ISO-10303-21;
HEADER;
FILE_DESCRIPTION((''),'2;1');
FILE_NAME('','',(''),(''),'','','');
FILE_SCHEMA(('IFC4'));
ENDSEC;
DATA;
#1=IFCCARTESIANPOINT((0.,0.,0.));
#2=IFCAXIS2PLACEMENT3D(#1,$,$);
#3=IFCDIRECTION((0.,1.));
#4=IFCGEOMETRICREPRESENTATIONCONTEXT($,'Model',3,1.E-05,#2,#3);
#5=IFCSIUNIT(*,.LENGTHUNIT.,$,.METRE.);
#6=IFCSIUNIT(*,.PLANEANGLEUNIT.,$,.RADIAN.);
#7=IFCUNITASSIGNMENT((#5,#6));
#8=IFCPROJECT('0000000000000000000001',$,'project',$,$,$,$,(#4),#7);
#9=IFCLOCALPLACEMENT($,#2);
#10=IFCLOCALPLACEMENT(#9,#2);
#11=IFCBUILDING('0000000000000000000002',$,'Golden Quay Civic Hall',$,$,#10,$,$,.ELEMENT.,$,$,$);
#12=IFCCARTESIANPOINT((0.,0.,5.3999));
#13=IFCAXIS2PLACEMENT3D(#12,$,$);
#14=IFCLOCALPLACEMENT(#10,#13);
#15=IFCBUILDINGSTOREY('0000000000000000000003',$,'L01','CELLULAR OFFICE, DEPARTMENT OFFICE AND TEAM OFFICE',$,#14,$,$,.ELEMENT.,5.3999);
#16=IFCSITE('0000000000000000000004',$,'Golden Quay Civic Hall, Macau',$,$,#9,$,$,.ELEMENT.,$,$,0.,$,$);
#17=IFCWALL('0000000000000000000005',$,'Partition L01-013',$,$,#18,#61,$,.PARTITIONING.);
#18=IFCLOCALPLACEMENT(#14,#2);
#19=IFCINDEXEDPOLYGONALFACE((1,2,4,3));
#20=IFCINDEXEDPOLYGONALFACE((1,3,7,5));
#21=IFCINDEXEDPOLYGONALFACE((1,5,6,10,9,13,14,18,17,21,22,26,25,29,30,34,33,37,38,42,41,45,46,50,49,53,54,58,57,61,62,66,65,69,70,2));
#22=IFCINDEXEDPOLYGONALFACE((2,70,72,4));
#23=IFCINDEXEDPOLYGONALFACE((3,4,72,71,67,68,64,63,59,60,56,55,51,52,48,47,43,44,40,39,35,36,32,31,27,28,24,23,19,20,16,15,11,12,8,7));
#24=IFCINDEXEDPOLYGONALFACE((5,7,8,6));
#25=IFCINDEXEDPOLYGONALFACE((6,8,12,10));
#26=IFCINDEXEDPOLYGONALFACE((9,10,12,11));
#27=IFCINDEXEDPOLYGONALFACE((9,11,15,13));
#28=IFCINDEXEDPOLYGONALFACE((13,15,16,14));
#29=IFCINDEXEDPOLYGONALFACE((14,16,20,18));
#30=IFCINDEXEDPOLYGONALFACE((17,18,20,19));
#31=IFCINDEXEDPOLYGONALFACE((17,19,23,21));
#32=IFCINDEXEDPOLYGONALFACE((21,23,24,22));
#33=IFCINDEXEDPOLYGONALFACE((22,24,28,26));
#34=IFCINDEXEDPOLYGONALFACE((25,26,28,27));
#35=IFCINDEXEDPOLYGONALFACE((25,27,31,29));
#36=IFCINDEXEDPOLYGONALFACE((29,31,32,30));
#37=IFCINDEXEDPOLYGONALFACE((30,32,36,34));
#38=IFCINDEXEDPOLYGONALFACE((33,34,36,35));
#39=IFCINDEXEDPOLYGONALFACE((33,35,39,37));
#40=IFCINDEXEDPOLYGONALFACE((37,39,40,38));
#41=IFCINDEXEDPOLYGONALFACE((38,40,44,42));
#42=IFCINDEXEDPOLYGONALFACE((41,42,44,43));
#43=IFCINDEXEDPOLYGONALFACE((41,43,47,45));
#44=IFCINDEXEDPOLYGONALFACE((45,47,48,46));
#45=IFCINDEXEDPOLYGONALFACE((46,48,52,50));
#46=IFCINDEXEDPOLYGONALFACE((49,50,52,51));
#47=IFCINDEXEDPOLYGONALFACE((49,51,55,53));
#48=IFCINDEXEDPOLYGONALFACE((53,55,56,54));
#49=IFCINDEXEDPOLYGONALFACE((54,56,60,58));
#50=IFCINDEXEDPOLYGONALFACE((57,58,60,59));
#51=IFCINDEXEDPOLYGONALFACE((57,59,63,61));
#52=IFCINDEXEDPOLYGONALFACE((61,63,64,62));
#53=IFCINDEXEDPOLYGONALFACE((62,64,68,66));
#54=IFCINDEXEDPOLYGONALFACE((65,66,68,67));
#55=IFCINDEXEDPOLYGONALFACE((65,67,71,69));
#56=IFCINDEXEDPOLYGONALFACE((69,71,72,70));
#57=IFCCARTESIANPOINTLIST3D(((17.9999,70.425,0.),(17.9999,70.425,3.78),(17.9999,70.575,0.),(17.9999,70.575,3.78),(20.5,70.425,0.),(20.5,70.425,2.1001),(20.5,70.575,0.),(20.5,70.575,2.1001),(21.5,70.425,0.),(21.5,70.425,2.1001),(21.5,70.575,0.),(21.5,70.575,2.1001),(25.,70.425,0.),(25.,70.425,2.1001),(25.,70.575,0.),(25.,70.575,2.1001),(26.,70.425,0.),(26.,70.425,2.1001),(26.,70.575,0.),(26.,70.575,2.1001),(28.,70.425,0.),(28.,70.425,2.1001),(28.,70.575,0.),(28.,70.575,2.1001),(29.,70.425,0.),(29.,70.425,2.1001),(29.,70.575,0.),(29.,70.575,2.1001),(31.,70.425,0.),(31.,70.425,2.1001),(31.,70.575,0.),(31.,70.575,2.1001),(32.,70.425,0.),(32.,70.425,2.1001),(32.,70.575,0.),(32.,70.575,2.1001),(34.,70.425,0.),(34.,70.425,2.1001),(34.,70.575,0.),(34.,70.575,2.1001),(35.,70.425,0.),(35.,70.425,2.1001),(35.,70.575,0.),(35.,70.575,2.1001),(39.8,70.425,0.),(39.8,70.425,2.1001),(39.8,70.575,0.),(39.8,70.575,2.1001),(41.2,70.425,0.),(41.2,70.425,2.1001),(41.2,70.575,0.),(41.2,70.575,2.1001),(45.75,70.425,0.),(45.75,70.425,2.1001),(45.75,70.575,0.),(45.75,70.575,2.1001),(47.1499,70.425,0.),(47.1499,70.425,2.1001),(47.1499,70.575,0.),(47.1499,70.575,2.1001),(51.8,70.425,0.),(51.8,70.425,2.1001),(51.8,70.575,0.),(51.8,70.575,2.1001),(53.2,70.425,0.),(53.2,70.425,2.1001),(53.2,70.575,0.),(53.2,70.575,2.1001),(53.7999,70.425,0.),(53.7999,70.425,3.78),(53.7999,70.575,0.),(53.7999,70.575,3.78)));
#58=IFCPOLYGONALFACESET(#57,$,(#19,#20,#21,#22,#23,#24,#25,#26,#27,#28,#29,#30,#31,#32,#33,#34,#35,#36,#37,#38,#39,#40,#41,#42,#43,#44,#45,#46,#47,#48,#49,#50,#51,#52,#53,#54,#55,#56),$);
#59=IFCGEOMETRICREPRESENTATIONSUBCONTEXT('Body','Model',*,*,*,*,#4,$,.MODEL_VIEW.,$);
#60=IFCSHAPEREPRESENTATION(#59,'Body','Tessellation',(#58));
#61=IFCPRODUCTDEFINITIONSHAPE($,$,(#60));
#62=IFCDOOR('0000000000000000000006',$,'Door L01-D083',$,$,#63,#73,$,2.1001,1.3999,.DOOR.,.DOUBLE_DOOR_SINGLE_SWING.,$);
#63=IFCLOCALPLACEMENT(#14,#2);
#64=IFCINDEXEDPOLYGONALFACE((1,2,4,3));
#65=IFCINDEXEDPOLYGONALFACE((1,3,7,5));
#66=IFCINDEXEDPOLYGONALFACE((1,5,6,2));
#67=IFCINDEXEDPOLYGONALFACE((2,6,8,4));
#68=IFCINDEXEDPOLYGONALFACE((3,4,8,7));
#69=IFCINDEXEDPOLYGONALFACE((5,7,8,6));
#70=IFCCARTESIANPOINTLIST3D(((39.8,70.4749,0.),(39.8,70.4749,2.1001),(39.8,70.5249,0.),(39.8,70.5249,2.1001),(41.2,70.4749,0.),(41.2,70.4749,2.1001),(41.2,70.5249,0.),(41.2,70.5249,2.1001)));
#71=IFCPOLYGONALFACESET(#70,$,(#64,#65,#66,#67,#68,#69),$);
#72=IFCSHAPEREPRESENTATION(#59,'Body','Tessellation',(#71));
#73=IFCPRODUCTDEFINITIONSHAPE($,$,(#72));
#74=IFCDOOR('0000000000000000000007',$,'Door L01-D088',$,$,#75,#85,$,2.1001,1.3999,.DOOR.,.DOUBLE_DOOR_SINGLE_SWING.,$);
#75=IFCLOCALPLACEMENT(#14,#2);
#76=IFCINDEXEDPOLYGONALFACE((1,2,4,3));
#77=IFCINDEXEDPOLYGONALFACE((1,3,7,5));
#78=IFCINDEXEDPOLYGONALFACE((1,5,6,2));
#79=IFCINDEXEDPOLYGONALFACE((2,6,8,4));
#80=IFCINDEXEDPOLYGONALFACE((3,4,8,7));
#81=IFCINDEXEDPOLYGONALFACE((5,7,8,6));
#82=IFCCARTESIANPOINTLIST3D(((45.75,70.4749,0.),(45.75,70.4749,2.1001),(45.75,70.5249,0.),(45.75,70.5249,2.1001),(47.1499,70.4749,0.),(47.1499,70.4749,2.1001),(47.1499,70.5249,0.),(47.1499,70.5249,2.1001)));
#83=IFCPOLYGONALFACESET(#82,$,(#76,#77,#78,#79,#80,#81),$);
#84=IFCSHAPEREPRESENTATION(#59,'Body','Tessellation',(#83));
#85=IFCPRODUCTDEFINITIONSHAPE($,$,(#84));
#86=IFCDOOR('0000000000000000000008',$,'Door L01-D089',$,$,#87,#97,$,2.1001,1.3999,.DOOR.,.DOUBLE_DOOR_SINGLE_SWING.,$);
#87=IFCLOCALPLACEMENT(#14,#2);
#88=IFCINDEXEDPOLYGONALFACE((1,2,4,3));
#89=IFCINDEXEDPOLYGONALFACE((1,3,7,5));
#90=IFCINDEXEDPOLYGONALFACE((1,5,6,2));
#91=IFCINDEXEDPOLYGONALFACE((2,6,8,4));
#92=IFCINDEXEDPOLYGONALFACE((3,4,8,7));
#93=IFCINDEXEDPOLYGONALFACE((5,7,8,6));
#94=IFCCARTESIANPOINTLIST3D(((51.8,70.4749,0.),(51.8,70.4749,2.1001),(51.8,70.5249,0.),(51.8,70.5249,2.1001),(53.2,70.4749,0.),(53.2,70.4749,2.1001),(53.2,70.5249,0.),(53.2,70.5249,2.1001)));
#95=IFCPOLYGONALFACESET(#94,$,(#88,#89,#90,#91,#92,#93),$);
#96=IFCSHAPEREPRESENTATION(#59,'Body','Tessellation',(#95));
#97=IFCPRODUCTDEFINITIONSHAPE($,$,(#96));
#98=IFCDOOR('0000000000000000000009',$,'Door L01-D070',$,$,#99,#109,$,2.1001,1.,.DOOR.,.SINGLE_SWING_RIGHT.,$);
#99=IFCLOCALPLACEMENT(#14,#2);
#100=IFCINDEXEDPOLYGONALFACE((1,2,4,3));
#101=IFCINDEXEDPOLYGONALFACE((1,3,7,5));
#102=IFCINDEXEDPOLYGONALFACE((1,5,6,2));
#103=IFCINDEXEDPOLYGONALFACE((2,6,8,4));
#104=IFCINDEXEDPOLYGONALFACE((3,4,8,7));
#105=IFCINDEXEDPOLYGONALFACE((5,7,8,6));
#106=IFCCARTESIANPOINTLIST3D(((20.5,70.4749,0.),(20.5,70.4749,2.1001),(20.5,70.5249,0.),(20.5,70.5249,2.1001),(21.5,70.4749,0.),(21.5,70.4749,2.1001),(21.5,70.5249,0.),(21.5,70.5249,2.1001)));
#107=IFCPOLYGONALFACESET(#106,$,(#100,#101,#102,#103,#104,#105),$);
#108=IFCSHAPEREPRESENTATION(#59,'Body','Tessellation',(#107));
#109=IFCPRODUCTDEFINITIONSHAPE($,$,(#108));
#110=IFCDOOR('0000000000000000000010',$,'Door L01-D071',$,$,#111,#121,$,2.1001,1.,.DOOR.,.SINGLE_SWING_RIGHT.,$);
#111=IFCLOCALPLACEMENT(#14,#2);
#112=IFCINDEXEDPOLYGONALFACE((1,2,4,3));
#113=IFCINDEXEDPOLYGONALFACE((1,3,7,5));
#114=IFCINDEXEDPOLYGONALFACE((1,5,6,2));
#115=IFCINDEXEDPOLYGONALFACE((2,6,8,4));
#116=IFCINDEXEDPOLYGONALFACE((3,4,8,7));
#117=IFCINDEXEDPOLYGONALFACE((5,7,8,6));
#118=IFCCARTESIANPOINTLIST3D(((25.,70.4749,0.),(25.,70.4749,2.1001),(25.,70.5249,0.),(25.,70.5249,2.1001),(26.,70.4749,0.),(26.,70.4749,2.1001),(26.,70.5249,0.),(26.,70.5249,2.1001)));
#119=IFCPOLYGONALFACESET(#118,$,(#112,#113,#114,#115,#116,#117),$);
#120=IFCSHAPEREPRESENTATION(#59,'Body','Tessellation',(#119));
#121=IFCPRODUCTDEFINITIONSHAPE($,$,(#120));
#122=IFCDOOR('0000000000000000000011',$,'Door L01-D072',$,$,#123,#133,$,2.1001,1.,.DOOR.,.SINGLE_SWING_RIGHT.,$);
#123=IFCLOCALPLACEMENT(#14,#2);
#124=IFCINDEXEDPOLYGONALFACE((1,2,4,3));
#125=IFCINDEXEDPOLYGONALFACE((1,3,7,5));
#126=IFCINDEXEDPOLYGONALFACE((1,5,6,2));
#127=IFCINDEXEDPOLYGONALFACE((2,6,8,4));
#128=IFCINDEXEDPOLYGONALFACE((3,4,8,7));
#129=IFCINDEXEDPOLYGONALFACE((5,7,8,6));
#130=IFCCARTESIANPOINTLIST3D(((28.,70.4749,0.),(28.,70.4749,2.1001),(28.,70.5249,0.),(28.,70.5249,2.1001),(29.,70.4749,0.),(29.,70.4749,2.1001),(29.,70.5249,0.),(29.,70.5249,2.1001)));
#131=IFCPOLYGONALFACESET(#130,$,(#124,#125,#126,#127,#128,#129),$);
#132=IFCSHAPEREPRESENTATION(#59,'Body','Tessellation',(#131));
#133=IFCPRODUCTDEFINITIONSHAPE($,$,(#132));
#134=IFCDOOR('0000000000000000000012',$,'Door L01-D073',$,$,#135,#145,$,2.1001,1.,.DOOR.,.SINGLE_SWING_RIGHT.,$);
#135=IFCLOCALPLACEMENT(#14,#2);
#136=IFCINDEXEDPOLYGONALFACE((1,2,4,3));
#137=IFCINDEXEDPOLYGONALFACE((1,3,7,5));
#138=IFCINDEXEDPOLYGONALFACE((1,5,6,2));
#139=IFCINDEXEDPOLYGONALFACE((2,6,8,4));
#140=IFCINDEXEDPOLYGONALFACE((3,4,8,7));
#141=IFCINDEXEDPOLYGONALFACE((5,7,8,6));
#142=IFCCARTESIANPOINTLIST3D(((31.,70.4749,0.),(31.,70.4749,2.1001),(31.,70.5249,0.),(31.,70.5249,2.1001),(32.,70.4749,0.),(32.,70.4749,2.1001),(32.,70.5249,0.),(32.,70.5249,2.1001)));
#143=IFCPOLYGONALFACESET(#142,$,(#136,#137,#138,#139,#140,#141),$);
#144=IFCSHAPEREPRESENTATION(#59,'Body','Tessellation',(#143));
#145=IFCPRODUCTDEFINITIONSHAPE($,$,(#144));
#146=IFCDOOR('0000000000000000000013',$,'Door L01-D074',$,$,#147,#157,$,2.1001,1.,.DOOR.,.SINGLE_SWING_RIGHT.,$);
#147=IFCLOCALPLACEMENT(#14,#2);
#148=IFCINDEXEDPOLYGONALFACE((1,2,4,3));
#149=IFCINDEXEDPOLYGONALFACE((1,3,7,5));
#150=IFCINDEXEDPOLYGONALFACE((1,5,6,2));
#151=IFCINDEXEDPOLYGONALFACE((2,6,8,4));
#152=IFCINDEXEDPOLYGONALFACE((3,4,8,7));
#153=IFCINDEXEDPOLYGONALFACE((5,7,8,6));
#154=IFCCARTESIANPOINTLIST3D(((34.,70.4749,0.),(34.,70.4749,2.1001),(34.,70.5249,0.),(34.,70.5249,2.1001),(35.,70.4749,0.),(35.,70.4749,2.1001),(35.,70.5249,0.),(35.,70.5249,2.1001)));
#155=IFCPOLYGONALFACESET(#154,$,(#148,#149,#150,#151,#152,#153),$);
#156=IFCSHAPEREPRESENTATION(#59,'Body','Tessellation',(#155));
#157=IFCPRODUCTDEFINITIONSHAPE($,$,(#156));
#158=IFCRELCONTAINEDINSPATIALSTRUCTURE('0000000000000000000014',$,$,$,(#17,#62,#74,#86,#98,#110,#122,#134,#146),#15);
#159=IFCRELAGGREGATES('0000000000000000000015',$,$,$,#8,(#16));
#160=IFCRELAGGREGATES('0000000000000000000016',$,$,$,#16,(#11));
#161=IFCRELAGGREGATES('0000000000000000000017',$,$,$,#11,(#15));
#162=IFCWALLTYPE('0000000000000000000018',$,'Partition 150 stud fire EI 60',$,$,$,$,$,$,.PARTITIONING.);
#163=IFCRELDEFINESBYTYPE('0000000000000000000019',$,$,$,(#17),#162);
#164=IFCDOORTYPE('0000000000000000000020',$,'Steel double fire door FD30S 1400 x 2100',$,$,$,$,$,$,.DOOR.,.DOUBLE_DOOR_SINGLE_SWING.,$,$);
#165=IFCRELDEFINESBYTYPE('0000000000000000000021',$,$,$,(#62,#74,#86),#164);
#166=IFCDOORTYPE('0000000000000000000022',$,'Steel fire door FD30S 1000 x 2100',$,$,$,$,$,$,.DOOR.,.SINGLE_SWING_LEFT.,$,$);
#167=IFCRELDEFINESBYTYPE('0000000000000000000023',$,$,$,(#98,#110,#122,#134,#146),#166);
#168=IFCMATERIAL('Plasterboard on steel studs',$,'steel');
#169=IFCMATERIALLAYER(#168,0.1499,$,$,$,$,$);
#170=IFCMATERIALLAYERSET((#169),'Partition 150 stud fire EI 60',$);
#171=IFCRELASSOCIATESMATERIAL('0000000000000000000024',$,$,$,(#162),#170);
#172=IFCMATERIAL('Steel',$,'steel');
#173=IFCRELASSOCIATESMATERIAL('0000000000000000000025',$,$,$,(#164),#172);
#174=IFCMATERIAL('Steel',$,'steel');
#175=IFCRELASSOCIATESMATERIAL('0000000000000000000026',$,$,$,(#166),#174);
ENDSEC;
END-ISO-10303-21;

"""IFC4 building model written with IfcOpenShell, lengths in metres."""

from ifc_helpers import new_model, si_unit, direction, frame, frame_2d, origin, place, context, subcontext, project, spatial, rectangle, extrude, material, layer, layer_set, type_object, element, fill, save


model = new_model("IFC4")

# Units and contexts
model_context = context("Model", 3, precision=1e-05, world=origin(), true_north=direction((0.0, 1.0)))
body_context = subcontext(model_context, "Body", "Model", "MODEL_VIEW")
ifc_project = project(units=[si_unit("LENGTHUNIT", "METRE"), si_unit("PLANEANGLEUNIT", "RADIAN")], contexts=[model_context])

# Site, building, storey
site_placement = place(None, origin())
site = spatial("IfcSite", under=ifc_project, at=site_placement, Name="Golden Quay Civic Hall, Macau", CompositionType="ELEMENT", RefElevation=0.0)
building_placement = place(site_placement, origin())
building = spatial("IfcBuilding", under=site, at=building_placement, Name="Golden Quay Civic Hall", CompositionType="ELEMENT")
storey_placement = place(building_placement, frame((0.0, 0.0, 5.3999)))
storey = spatial("IfcBuildingStorey", under=building, at=storey_placement, Name="L01", Description="CELLULAR OFFICE, DEPARTMENT OFFICE AND TEAM OFFICE", CompositionType="ELEMENT", Elevation=5.3999)

# Wall, openings, doors
ifc_material_1 = material(Name="Plasterboard on steel studs", Category="steel")
ifc_layer_1 = layer(ifc_material_1, 0.1499)
ifc_layer_set_1 = layer_set([ifc_layer_1], Name="Partition 150 stud fire EI 60")
wall_type_1 = type_object("IfcWallType", Name="Partition 150 stud fire EI 60", PredefinedType="PARTITIONING", material=ifc_layer_set_1)
wall_1_placement = place(storey_placement, frame((18.0, 70.5, 0.0), z_axis=(0.0, 0.0, 1.0), x_axis=(1.0, 0.0, 0.0)))
wall_1 = element("IfcWall", 1, at=wall_1_placement, inside=storey, type_object=wall_type_1, Name="Partition L01-013", PredefinedType="PARTITIONING", context=body_context, shape_type="SweptSolid", body=[
    extrude(rectangle(XDim=35.8, YDim=0.1499, at=frame_2d((17.8999, 0.0))), origin(), (0.0, 0.0, 1.0), 3.78),
])
opening_1_placement = place(wall_1_placement, frame((2.5, 0.0, 0.0)))
opening_1 = element("IfcOpeningElement", 2, at=opening_1_placement, cuts=wall_1, PredefinedType="OPENING", context=body_context, shape_type="SweptSolid", body=[
    extrude(rectangle(XDim=1.0, YDim=2.1001, at=frame_2d((0.5, 1.05))), frame((0.0, 0.085, 0.0), z_axis=(0.0, -1.0, 0.0), x_axis=(1.0, 0.0, 0.0)), (0.0, 0.0, 1.0), 0.1699),
])
opening_2_placement = place(wall_1_placement, frame((7.0, 0.0, 0.0)))
opening_2 = element("IfcOpeningElement", 3, at=opening_2_placement, cuts=wall_1, PredefinedType="OPENING", context=body_context, shape_type="SweptSolid", body=[
    extrude(rectangle(XDim=1.0, YDim=2.1001, at=frame_2d((0.5, 1.05))), frame((0.0, 0.085, 0.0), z_axis=(0.0, -1.0, 0.0), x_axis=(1.0, 0.0, 0.0)), (0.0, 0.0, 1.0), 0.1699),
])
opening_3_placement = place(wall_1_placement, frame((10.0, 0.0, 0.0)))
opening_3 = element("IfcOpeningElement", 4, at=opening_3_placement, cuts=wall_1, PredefinedType="OPENING", context=body_context, shape_type="SweptSolid", body=[
    extrude(rectangle(XDim=1.0, YDim=2.1001, at=frame_2d((0.5, 1.05))), frame((0.0, 0.085, 0.0), z_axis=(0.0, -1.0, 0.0), x_axis=(1.0, 0.0, 0.0)), (0.0, 0.0, 1.0), 0.1699),
])
opening_4_placement = place(wall_1_placement, frame((13.0, 0.0, 0.0)))
opening_4 = element("IfcOpeningElement", 5, at=opening_4_placement, cuts=wall_1, PredefinedType="OPENING", context=body_context, shape_type="SweptSolid", body=[
    extrude(rectangle(XDim=1.0, YDim=2.1001, at=frame_2d((0.5, 1.05))), frame((0.0, 0.085, 0.0), z_axis=(0.0, -1.0, 0.0), x_axis=(1.0, 0.0, 0.0)), (0.0, 0.0, 1.0), 0.1699),
])
opening_5_placement = place(wall_1_placement, frame((16.0, 0.0, 0.0)))
opening_5 = element("IfcOpeningElement", 6, at=opening_5_placement, cuts=wall_1, PredefinedType="OPENING", context=body_context, shape_type="SweptSolid", body=[
    extrude(rectangle(XDim=1.0, YDim=2.1001, at=frame_2d((0.5, 1.05))), frame((0.0, 0.085, 0.0), z_axis=(0.0, -1.0, 0.0), x_axis=(1.0, 0.0, 0.0)), (0.0, 0.0, 1.0), 0.1699),
])
opening_6_placement = place(wall_1_placement, frame((21.8, 0.0, 0.0)))
opening_6 = element("IfcOpeningElement", 7, at=opening_6_placement, cuts=wall_1, PredefinedType="OPENING", context=body_context, shape_type="SweptSolid", body=[
    extrude(rectangle(XDim=1.3999, YDim=2.1001, at=frame_2d((0.7, 1.05))), frame((0.0, 0.085, 0.0), z_axis=(0.0, -1.0, 0.0), x_axis=(1.0, 0.0, 0.0)), (0.0, 0.0, 1.0), 0.1699),
])
opening_7_placement = place(wall_1_placement, frame((27.75, 0.0, 0.0)))
opening_7 = element("IfcOpeningElement", 8, at=opening_7_placement, cuts=wall_1, PredefinedType="OPENING", context=body_context, shape_type="SweptSolid", body=[
    extrude(rectangle(XDim=1.3999, YDim=2.1001, at=frame_2d((0.7, 1.05))), frame((0.0, 0.085, 0.0), z_axis=(0.0, -1.0, 0.0), x_axis=(1.0, 0.0, 0.0)), (0.0, 0.0, 1.0), 0.1699),
])
opening_8_placement = place(wall_1_placement, frame((33.8, 0.0, 0.0)))
opening_8 = element("IfcOpeningElement", 9, at=opening_8_placement, cuts=wall_1, PredefinedType="OPENING", context=body_context, shape_type="SweptSolid", body=[
    extrude(rectangle(XDim=1.3999, YDim=2.1001, at=frame_2d((0.7, 1.05))), frame((0.0, 0.085, 0.0), z_axis=(0.0, -1.0, 0.0), x_axis=(1.0, 0.0, 0.0)), (0.0, 0.0, 1.0), 0.1699),
])
ifc_material_2 = material(Name="Steel", Category="steel")
door_type_1 = type_object("IfcDoorType", Name="Steel double fire door FD30S 1400 x 2100", OperationType="DOUBLE_DOOR_SINGLE_SWING", PredefinedType="DOOR", material=ifc_material_2)
door_1_placement = place(opening_6_placement, frame((1.3999, 0.0, 0.0), z_axis=(0.0, 0.0, 1.0), x_axis=(-1.0, 0.0, 0.0)))
door_1 = element("IfcDoor", 10, at=door_1_placement, inside=storey, type_object=door_type_1, Name="Door L01-D083", OperationType="DOUBLE_DOOR_SINGLE_SWING", OverallHeight=2.1001, OverallWidth=1.3999, PredefinedType="DOOR", context=body_context, shape_type="SweptSolid", body=[
    extrude(rectangle(XDim=1.3999, YDim=2.1001, at=frame_2d((0.7, 1.05))), frame((0.0, 0.0251, 0.0), z_axis=(0.0, -1.0, 0.0), x_axis=(1.0, 0.0, 0.0)), (0.0, 0.0, 1.0), 0.05),
])
fill(opening_6, door_1)
door_2_placement = place(opening_7_placement, origin())
door_2 = element("IfcDoor", 11, at=door_2_placement, inside=storey, type_object=door_type_1, Name="Door L01-D088", OperationType="DOUBLE_DOOR_SINGLE_SWING", OverallHeight=2.1001, OverallWidth=1.3999, PredefinedType="DOOR", context=body_context, shape_type="SweptSolid", body=[
    extrude(rectangle(XDim=1.3999, YDim=2.1001, at=frame_2d((0.7, 1.05))), frame((0.0, 0.0249, 0.0), z_axis=(0.0, -1.0, 0.0), x_axis=(1.0, 0.0, 0.0)), (0.0, 0.0, 1.0), 0.05),
])
fill(opening_7, door_2)
door_3_placement = place(opening_8_placement, origin())
door_3 = element("IfcDoor", 12, at=door_3_placement, inside=storey, type_object=door_type_1, Name="Door L01-D089", OperationType="DOUBLE_DOOR_SINGLE_SWING", OverallHeight=2.1001, OverallWidth=1.3999, PredefinedType="DOOR", context=body_context, shape_type="SweptSolid", body=[
    extrude(rectangle(XDim=1.3999, YDim=2.1001, at=frame_2d((0.7, 1.05))), frame((0.0, 0.0249, 0.0), z_axis=(0.0, -1.0, 0.0), x_axis=(1.0, 0.0, 0.0)), (0.0, 0.0, 1.0), 0.05),
])
fill(opening_8, door_3)
ifc_material_3 = material(Name="Steel", Category="steel")
door_type_2 = type_object("IfcDoorType", Name="Steel fire door FD30S 1000 x 2100", OperationType="SINGLE_SWING_LEFT", PredefinedType="DOOR", material=ifc_material_3)
door_4_placement = place(opening_1_placement, frame((1.0, 0.0, 0.0), z_axis=(0.0, 0.0, 1.0), x_axis=(-1.0, 0.0, 0.0)))
door_4 = element("IfcDoor", 13, at=door_4_placement, inside=storey, type_object=door_type_2, Name="Door L01-D070", OperationType="SINGLE_SWING_RIGHT", OverallHeight=2.1001, OverallWidth=1.0, PredefinedType="DOOR", context=body_context, shape_type="SweptSolid", body=[
    extrude(rectangle(XDim=1.0, YDim=2.1001, at=frame_2d((0.5, 1.05))), frame((0.0, 0.0251, 0.0), z_axis=(0.0, -1.0, 0.0), x_axis=(1.0, 0.0, 0.0)), (0.0, 0.0, 1.0), 0.05),
])
fill(opening_1, door_4)
door_5_placement = place(opening_2_placement, frame((1.0, 0.0, 0.0), z_axis=(0.0, 0.0, 1.0), x_axis=(-1.0, 0.0, 0.0)))
door_5 = element("IfcDoor", 14, at=door_5_placement, inside=storey, type_object=door_type_2, Name="Door L01-D071", OperationType="SINGLE_SWING_RIGHT", OverallHeight=2.1001, OverallWidth=1.0, PredefinedType="DOOR", context=body_context, shape_type="SweptSolid", body=[
    extrude(rectangle(XDim=1.0, YDim=2.1001, at=frame_2d((0.5, 1.05))), frame((0.0, 0.0251, 0.0), z_axis=(0.0, -1.0, 0.0), x_axis=(1.0, 0.0, 0.0)), (0.0, 0.0, 1.0), 0.05),
])
fill(opening_2, door_5)
door_6_placement = place(opening_3_placement, frame((1.0, 0.0, 0.0), z_axis=(0.0, 0.0, 1.0), x_axis=(-1.0, 0.0, 0.0)))
door_6 = element("IfcDoor", 15, at=door_6_placement, inside=storey, type_object=door_type_2, Name="Door L01-D072", OperationType="SINGLE_SWING_RIGHT", OverallHeight=2.1001, OverallWidth=1.0, PredefinedType="DOOR", context=body_context, shape_type="SweptSolid", body=[
    extrude(rectangle(XDim=1.0, YDim=2.1001, at=frame_2d((0.5, 1.05))), frame((0.0, 0.0251, 0.0), z_axis=(0.0, -1.0, 0.0), x_axis=(1.0, 0.0, 0.0)), (0.0, 0.0, 1.0), 0.05),
])
fill(opening_3, door_6)
door_7_placement = place(opening_4_placement, frame((1.0, 0.0, 0.0), z_axis=(0.0, 0.0, 1.0), x_axis=(-1.0, 0.0, 0.0)))
door_7 = element("IfcDoor", 16, at=door_7_placement, inside=storey, type_object=door_type_2, Name="Door L01-D073", OperationType="SINGLE_SWING_RIGHT", OverallHeight=2.1001, OverallWidth=1.0, PredefinedType="DOOR", context=body_context, shape_type="SweptSolid", body=[
    extrude(rectangle(XDim=1.0, YDim=2.1001, at=frame_2d((0.5, 1.05))), frame((0.0, 0.0251, 0.0), z_axis=(0.0, -1.0, 0.0), x_axis=(1.0, 0.0, 0.0)), (0.0, 0.0, 1.0), 0.05),
])
fill(opening_4, door_7)
door_8_placement = place(opening_5_placement, frame((1.0, 0.0, 0.0), z_axis=(0.0, 0.0, 1.0), x_axis=(-1.0, 0.0, 0.0)))
door_8 = element("IfcDoor", 17, at=door_8_placement, inside=storey, type_object=door_type_2, Name="Door L01-D074", OperationType="SINGLE_SWING_RIGHT", OverallHeight=2.1001, OverallWidth=1.0, PredefinedType="DOOR", context=body_context, shape_type="SweptSolid", body=[
    extrude(rectangle(XDim=1.0, YDim=2.1001, at=frame_2d((0.5, 1.05))), frame((0.0, 0.0251, 0.0), z_axis=(0.0, -1.0, 0.0), x_axis=(1.0, 0.0, 0.0)), (0.0, 0.0, 1.0), 0.05),
])
fill(opening_5, door_8)

save(model, "model.ifc")
